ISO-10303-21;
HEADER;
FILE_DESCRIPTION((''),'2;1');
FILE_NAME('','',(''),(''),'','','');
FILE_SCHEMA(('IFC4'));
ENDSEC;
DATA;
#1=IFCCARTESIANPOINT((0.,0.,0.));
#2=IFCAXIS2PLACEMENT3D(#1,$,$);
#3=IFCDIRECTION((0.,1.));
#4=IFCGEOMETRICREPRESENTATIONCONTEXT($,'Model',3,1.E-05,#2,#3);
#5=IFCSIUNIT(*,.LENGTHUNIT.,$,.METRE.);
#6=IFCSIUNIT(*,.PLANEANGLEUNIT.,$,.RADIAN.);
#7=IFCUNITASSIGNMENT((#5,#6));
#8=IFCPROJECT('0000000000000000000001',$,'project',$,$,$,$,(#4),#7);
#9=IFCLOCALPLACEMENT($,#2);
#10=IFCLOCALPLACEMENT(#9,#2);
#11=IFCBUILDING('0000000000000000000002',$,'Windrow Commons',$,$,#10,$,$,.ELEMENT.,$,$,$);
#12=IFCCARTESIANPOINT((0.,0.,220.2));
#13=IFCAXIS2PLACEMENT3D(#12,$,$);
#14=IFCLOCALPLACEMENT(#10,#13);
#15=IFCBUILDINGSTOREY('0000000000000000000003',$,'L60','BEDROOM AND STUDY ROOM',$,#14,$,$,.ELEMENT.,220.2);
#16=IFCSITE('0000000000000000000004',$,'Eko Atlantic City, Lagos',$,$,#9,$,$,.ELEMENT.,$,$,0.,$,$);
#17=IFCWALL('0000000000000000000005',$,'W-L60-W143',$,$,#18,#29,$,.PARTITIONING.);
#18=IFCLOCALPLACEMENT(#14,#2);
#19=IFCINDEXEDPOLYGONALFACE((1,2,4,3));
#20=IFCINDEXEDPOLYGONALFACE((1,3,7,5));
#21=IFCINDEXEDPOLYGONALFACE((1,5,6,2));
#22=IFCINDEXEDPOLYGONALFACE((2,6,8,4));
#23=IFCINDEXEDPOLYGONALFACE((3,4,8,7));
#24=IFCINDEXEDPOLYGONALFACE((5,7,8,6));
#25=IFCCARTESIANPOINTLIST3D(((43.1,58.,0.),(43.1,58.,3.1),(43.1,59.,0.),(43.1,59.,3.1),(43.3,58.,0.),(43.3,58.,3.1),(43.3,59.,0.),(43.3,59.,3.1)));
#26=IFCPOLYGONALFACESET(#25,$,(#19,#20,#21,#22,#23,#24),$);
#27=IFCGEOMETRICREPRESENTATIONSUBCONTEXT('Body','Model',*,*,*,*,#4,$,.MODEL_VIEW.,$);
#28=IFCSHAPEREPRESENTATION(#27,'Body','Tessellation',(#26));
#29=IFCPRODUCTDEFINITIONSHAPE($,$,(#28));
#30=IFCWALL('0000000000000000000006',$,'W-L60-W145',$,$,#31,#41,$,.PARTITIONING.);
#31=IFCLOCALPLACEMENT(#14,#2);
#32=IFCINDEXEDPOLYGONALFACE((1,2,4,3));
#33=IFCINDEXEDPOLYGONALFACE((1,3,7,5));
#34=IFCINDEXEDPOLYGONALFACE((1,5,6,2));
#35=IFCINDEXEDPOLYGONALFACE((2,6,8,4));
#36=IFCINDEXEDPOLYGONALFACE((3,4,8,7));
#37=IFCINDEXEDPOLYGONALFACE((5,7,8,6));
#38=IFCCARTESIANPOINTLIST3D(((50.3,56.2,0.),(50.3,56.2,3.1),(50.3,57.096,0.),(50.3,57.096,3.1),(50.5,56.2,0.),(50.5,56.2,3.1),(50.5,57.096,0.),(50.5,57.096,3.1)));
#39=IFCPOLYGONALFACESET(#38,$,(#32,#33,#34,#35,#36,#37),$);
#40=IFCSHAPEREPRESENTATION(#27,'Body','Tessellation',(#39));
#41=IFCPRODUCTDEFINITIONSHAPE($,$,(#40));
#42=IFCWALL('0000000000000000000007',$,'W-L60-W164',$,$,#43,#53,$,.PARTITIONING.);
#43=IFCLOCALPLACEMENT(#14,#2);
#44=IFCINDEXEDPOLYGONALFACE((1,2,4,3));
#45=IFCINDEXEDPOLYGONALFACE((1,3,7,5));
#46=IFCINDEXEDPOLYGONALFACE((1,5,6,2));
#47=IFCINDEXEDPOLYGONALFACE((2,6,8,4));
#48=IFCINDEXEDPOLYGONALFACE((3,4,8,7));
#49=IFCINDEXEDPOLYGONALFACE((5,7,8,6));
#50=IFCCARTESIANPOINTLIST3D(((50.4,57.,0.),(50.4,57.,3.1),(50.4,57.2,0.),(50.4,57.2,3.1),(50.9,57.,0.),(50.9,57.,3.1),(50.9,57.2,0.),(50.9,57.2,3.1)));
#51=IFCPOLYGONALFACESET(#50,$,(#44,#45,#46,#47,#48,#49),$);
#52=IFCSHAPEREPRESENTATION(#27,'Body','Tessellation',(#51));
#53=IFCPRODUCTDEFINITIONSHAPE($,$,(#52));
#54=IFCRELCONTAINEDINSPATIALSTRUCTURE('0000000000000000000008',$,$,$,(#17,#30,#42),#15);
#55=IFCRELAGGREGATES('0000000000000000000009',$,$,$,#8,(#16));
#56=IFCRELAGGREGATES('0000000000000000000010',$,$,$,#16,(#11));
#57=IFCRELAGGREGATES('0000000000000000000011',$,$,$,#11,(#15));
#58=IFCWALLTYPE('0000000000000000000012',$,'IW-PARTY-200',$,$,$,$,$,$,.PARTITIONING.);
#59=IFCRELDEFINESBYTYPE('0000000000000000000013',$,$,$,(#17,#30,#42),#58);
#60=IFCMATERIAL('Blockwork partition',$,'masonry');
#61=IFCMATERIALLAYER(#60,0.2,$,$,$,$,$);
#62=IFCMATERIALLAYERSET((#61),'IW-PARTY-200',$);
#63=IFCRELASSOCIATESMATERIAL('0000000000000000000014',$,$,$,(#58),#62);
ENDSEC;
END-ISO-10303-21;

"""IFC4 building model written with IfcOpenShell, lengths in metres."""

from ifc_helpers import new_model, si_unit, direction, frame, frame_2d, origin, place, context, subcontext, project, spatial, rectangle, extrude, material, layer, layer_set, type_object, element, save


model = new_model("IFC4")

# Units and contexts
model_context = context("Model", 3, precision=1e-05, world=origin(), true_north=direction((0.0, 1.0)))
body_context = subcontext(model_context, "Body", "Model", "MODEL_VIEW")
ifc_project = project(units=[si_unit("LENGTHUNIT", "METRE"), si_unit("PLANEANGLEUNIT", "RADIAN")], contexts=[model_context])

# Site, building, storey
site_placement = place(None, origin())
site = spatial("IfcSite", under=ifc_project, at=site_placement, Name="Eko Atlantic City, Lagos", CompositionType="ELEMENT", RefElevation=0.0)
building_placement = place(site_placement, origin())
building = spatial("IfcBuilding", under=site, at=building_placement, Name="Windrow Commons", CompositionType="ELEMENT")
storey_placement = place(building_placement, frame((0.0, 0.0, 220.2)))
storey = spatial("IfcBuildingStorey", under=building, at=storey_placement, Name="L60", Description="BEDROOM AND STUDY ROOM", CompositionType="ELEMENT", Elevation=220.2)

# Walls
ifc_material_1 = material(Name="Blockwork partition", Category="masonry")
ifc_layer_1 = layer(ifc_material_1, 0.2)
ifc_layer_set_1 = layer_set([ifc_layer_1], Name="IW-PARTY-200")
wall_type_1 = type_object("IfcWallType", Name="IW-PARTY-200", PredefinedType="PARTITIONING", material=ifc_layer_set_1)
wall_1_placement = place(storey_placement, frame((43.2, 58.0, 0.0), z_axis=(0.0, 0.0, 1.0), x_axis=(0.0, 1.0, 0.0)))
element("IfcWall", 1, at=wall_1_placement, inside=storey, type_object=wall_type_1, Name="W-L60-W143", PredefinedType="PARTITIONING", context=body_context, shape_type="SweptSolid", body=[
    extrude(rectangle(XDim=1.0, YDim=0.2, at=frame_2d((0.5, 0.0))), origin(), (0.0, 0.0, 1.0), 3.1),
])
wall_2_placement = place(storey_placement, frame((50.4, 56.2, 0.0), z_axis=(0.0, 0.0, 1.0), x_axis=(0.0, 1.0, 0.0)))
element("IfcWall", 2, at=wall_2_placement, inside=storey, type_object=wall_type_1, Name="W-L60-W145", PredefinedType="PARTITIONING", context=body_context, shape_type="SweptSolid", body=[
    extrude(rectangle(XDim=0.896, YDim=0.2, at=frame_2d((0.448, 0.0))), origin(), (0.0, 0.0, 1.0), 3.1),
])
wall_3_placement = place(storey_placement, frame((50.4, 57.1, 0.0), z_axis=(0.0, 0.0, 1.0), x_axis=(1.0, 0.0, 0.0)))
element("IfcWall", 3, at=wall_3_placement, inside=storey, type_object=wall_type_1, Name="W-L60-W164", PredefinedType="PARTITIONING", context=body_context, shape_type="SweptSolid", body=[
    extrude(rectangle(XDim=0.5, YDim=0.2, at=frame_2d((0.25, 0.0))), origin(), (0.0, 0.0, 1.0), 3.1),
])

save(model, "model.ifc")
